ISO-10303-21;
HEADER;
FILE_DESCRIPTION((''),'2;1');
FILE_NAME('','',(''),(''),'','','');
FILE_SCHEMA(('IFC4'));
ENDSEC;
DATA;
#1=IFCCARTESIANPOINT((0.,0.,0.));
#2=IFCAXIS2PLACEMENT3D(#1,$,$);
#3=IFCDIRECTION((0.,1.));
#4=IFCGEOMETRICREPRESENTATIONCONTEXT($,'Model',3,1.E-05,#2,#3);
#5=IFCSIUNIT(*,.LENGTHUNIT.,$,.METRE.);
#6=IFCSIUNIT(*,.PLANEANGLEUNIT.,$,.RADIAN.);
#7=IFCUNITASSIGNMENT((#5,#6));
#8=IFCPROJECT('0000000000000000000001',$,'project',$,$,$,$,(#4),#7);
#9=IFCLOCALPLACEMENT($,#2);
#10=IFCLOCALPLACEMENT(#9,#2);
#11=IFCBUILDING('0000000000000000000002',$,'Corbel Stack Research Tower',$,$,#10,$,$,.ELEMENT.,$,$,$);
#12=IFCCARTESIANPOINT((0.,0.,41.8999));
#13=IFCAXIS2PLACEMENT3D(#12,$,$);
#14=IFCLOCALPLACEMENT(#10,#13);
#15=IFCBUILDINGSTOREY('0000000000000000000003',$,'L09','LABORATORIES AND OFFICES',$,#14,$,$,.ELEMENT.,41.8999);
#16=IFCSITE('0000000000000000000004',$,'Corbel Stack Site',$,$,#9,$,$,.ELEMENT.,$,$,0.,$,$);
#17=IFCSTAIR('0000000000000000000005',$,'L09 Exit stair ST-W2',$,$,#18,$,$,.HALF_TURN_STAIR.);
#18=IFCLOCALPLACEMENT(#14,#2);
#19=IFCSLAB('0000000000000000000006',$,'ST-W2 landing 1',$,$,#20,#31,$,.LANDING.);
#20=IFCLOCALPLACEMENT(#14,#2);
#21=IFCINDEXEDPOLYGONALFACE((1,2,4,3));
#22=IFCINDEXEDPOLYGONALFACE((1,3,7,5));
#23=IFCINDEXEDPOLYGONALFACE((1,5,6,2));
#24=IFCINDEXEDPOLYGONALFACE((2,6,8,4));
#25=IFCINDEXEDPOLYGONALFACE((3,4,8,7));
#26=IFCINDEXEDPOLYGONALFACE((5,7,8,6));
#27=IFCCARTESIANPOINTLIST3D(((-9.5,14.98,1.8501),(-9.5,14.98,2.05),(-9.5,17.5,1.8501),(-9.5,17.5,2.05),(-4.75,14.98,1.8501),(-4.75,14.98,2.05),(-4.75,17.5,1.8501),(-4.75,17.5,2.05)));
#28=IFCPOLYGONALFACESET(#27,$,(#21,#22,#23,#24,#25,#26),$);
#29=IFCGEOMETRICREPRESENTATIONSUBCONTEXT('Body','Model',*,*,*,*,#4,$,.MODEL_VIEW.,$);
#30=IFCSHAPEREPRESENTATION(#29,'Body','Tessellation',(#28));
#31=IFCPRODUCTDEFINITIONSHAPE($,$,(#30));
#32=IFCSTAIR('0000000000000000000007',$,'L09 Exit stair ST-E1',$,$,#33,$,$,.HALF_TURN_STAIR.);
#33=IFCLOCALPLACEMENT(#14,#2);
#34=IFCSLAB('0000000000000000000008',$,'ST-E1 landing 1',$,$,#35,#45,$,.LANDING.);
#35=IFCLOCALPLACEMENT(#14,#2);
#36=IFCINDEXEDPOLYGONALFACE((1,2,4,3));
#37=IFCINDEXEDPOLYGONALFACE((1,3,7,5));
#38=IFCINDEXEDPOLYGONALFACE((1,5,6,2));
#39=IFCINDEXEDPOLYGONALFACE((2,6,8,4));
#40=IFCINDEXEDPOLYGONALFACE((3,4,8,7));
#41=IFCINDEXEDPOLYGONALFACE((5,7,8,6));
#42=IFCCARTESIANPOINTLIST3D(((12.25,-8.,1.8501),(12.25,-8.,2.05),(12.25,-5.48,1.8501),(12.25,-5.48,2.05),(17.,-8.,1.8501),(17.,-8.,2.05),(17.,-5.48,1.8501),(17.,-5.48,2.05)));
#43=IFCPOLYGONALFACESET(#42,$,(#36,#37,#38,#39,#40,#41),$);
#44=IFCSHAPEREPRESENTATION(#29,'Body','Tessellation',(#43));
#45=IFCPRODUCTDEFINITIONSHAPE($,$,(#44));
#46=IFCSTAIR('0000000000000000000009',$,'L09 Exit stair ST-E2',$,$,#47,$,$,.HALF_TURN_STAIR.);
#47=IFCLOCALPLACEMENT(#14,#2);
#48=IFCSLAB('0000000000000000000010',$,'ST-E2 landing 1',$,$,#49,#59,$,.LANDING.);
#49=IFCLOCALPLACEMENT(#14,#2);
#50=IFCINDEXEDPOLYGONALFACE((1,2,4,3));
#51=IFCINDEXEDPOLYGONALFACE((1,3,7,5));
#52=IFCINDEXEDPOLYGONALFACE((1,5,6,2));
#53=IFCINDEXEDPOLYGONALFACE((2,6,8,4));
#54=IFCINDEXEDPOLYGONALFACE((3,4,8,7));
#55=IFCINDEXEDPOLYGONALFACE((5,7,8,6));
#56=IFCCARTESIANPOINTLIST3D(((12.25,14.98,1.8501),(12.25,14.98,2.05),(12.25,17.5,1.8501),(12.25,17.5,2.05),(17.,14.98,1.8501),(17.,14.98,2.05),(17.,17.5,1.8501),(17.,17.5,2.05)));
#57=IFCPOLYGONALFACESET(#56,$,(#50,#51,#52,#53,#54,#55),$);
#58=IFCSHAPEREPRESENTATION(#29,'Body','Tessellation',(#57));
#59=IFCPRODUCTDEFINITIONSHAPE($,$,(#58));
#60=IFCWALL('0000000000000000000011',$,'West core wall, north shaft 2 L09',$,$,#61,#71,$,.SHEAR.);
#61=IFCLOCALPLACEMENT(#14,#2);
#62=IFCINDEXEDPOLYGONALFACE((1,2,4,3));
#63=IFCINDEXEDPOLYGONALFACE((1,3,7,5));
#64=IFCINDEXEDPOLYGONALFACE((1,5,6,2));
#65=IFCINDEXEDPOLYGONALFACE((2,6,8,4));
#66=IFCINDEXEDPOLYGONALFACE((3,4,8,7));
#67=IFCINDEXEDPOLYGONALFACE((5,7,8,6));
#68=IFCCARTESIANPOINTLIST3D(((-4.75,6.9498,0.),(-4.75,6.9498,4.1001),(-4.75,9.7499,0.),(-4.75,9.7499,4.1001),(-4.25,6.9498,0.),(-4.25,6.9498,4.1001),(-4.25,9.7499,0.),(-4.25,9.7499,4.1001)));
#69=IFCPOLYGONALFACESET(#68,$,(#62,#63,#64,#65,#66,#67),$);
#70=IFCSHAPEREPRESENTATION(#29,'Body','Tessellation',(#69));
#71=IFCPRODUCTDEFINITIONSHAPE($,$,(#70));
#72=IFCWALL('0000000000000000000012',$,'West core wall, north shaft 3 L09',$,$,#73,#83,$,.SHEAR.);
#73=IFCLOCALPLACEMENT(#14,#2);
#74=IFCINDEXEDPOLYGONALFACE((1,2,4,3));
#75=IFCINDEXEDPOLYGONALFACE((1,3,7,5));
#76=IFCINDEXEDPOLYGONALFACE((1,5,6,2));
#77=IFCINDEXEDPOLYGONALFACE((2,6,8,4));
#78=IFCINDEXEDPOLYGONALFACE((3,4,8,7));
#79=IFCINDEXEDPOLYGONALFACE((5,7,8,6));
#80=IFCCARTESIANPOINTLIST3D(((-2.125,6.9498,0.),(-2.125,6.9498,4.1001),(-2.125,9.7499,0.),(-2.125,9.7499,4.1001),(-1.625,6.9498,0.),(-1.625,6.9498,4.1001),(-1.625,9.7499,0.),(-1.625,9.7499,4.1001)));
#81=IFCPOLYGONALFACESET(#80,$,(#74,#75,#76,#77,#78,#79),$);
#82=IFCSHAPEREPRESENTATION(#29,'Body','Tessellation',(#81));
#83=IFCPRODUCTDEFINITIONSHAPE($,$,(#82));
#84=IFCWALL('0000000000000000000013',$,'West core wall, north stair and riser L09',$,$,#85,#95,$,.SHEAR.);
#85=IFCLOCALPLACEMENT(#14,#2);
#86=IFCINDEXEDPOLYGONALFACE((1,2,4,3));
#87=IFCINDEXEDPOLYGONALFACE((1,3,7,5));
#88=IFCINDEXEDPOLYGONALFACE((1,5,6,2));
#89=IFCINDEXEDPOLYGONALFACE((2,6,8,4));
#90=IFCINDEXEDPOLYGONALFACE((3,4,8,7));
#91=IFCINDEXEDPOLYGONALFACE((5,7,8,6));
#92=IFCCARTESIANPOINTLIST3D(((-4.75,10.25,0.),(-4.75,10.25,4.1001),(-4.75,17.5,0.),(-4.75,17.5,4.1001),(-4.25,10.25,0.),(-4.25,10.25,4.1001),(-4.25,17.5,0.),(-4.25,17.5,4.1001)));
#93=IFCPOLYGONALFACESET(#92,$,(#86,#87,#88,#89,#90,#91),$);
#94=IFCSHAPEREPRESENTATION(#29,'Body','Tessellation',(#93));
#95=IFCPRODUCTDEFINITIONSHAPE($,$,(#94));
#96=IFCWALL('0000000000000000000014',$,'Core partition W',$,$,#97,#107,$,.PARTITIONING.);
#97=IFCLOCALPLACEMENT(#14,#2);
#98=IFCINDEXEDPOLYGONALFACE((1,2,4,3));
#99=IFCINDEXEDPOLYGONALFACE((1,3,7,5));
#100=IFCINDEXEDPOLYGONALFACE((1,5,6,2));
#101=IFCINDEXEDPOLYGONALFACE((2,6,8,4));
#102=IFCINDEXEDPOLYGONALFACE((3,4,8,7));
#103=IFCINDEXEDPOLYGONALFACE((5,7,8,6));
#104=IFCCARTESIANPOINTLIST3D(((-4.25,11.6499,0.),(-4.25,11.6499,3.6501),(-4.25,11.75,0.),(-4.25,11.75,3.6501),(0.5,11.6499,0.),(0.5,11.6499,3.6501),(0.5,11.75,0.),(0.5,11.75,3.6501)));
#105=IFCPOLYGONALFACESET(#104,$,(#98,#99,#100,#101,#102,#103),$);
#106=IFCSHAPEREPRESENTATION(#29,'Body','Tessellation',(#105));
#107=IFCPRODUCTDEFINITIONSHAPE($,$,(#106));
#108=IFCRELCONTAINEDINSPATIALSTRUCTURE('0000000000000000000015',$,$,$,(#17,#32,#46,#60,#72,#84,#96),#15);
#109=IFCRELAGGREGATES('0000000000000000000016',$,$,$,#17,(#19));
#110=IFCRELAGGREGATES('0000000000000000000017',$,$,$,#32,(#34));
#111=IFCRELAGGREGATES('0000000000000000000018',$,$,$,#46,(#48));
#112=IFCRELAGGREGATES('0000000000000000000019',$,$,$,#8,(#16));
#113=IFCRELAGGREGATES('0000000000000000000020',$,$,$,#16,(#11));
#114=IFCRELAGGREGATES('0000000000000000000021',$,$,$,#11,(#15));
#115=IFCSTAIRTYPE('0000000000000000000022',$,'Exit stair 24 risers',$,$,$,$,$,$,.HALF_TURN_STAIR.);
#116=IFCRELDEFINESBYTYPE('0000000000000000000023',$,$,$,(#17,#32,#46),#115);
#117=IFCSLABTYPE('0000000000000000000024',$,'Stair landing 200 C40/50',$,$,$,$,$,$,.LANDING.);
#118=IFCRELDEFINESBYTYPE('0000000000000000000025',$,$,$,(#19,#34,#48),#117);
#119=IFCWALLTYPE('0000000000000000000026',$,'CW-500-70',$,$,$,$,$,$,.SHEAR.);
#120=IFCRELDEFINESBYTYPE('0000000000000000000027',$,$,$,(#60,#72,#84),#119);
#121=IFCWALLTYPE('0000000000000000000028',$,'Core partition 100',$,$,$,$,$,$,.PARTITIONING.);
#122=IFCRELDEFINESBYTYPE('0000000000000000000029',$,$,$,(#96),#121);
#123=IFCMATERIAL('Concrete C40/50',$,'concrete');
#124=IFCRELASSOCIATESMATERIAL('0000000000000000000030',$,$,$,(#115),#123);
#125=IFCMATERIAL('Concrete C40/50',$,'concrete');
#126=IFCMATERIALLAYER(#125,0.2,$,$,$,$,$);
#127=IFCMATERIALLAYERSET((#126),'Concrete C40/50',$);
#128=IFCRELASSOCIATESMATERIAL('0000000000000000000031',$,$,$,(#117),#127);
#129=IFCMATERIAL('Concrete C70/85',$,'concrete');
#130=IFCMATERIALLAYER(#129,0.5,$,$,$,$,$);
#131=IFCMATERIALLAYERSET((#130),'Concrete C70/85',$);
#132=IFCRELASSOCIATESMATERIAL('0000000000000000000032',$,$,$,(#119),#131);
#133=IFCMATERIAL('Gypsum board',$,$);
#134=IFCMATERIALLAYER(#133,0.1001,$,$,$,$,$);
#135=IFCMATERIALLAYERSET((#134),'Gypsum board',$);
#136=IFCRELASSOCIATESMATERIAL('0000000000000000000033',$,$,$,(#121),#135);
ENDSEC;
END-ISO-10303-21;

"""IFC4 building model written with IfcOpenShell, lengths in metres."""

from ifc_helpers import new_model, si_unit, direction, frame, frame_2d, origin, place, context, subcontext, project, spatial, polyline, rectangle, outline, extrude, material, layer, layer_set, type_object, element, aggregate, save


model = new_model("IFC4")

# Units and contexts
model_context = context("Model", 3, precision=1e-05, world=origin(), true_north=direction((0.0, 1.0)))
body_context = subcontext(model_context, "Body", "Model", "MODEL_VIEW")
ifc_project = project(units=[si_unit("LENGTHUNIT", "METRE"), si_unit("PLANEANGLEUNIT", "RADIAN")], contexts=[model_context])

# Site, building, storey
site_placement = place(None, origin())
site = spatial("IfcSite", under=ifc_project, at=site_placement, Name="Corbel Stack Site", CompositionType="ELEMENT", RefElevation=0.0)
building_placement = place(site_placement, origin())
building = spatial("IfcBuilding", under=site, at=building_placement, Name="Corbel Stack Research Tower", CompositionType="ELEMENT")
storey_placement = place(building_placement, frame((0.0, 0.0, 41.8999)))
storey = spatial("IfcBuildingStorey", under=building, at=storey_placement, Name="L09", Description="LABORATORIES AND OFFICES", CompositionType="ELEMENT", Elevation=41.8999)

# Stairs, slabs
ifc_material_1 = material(Name="Concrete C40/50", Category="concrete")
stair_type = type_object("IfcStairType", Name="Exit stair 24 risers", PredefinedType="HALF_TURN_STAIR", material=ifc_material_1)
ifc_material_2 = material(Name="Concrete C40/50", Category="concrete")
ifc_layer_1 = layer(ifc_material_2, 0.2)
ifc_layer_set_1 = layer_set([ifc_layer_1], Name="Concrete C40/50")
slab_type_1 = type_object("IfcSlabType", Name="Stair landing 200 C40/50", PredefinedType="LANDING", material=ifc_layer_set_1)
stair_1_placement = place(storey_placement, origin())
stair_1 = element("IfcStair", 1, at=stair_1_placement, inside=storey, type_object=stair_type, Name="L09 Exit stair ST-W2", PredefinedType="HALF_TURN_STAIR")
slab_1_placement = place(storey_placement, frame((0.0, 0.0, 1.8501)))
slab_1 = element("IfcSlab", 2, at=slab_1_placement, type_object=slab_type_1, Name="ST-W2 landing 1", PredefinedType="LANDING", context=body_context, shape_type="SweptSolid", body=[
    extrude(outline(polyline([(-9.5, 14.98), (-9.5, 17.5), (-4.75, 17.5), (-4.75, 14.98), (-9.5, 14.98)])), origin(), (0.0, 0.0, 1.0), 0.2),
])
aggregate(stair_1, [slab_1])
stair_2_placement = place(storey_placement, origin())
stair_2 = element("IfcStair", 3, at=stair_2_placement, inside=storey, type_object=stair_type, Name="L09 Exit stair ST-E1", PredefinedType="HALF_TURN_STAIR")
slab_2_placement = place(storey_placement, frame((0.0, 0.0, 1.8501)))
slab_2 = element("IfcSlab", 4, at=slab_2_placement, type_object=slab_type_1, Name="ST-E1 landing 1", PredefinedType="LANDING", context=body_context, shape_type="SweptSolid", body=[
    extrude(outline(polyline([(12.25, -8.0), (12.25, -5.48), (17.0, -5.48), (17.0, -8.0), (12.25, -8.0)])), origin(), (0.0, 0.0, 1.0), 0.2),
])
aggregate(stair_2, [slab_2])
stair_3_placement = place(storey_placement, origin())
stair_3 = element("IfcStair", 5, at=stair_3_placement, inside=storey, type_object=stair_type, Name="L09 Exit stair ST-E2", PredefinedType="HALF_TURN_STAIR")
slab_3_placement = place(storey_placement, frame((0.0, 0.0, 1.8501)))
slab_3 = element("IfcSlab", 6, at=slab_3_placement, type_object=slab_type_1, Name="ST-E2 landing 1", PredefinedType="LANDING", context=body_context, shape_type="SweptSolid", body=[
    extrude(outline(polyline([(12.25, 14.98), (12.25, 17.5), (17.0, 17.5), (17.0, 14.98), (12.25, 14.98)])), origin(), (0.0, 0.0, 1.0), 0.2),
])
aggregate(stair_3, [slab_3])

# Walls
ifc_material_3 = material(Name="Concrete C70/85", Category="concrete")
ifc_layer_2 = layer(ifc_material_3, 0.5)
ifc_layer_set_2 = layer_set([ifc_layer_2], Name="Concrete C70/85")
wall_type_1 = type_object("IfcWallType", Name="CW-500-70", PredefinedType="SHEAR", material=ifc_layer_set_2)
for number, where, z_axis, x_axis, name in (
    (7, (-4.5, 6.95, 0.0), (0.0, 0.0, 1.0), (0.0, 1.0, 0.0), "West core wall, north shaft 2 L09"),
    (8, (-1.875, 6.95, 0.0), (0.0, 0.0, 1.0), (0.0, 1.0, 0.0), "West core wall, north shaft 3 L09"),
):
    element("IfcWall", number, at=place(storey_placement, frame(where, z_axis=z_axis, x_axis=x_axis)), inside=storey, type_object=wall_type_1, Name=name, PredefinedType="SHEAR", context=body_context, shape_type="SweptSolid", body=[
        extrude(rectangle(XDim=2.8, YDim=0.5, at=frame_2d((1.3999, 0.0))), origin(), (0.0, 0.0, 1.0), 4.1001),
    ])
wall_1_placement = place(storey_placement, frame((-4.5, 10.25, 0.0), z_axis=(0.0, 0.0, 1.0), x_axis=(0.0, 1.0, 0.0)))
element("IfcWall", 9, at=wall_1_placement, inside=storey, type_object=wall_type_1, Name="West core wall, north stair and riser L09", PredefinedType="SHEAR", context=body_context, shape_type="SweptSolid", body=[
    extrude(rectangle(XDim=7.25, YDim=0.5, at=frame_2d((3.625, 0.0))), origin(), (0.0, 0.0, 1.0), 4.1001),
])
ifc_material_4 = material(Name="Gypsum board")
ifc_layer_3 = layer(ifc_material_4, 0.1001)
ifc_layer_set_3 = layer_set([ifc_layer_3], Name="Gypsum board")
wall_type_2 = type_object("IfcWallType", Name="Core partition 100", PredefinedType="PARTITIONING", material=ifc_layer_set_3)
wall_2_placement = place(storey_placement, frame((-4.25, 11.7, 0.0), z_axis=(0.0, 0.0, 1.0), x_axis=(1.0, 0.0, 0.0)))
element("IfcWall", 10, at=wall_2_placement, inside=storey, type_object=wall_type_2, Name="Core partition W", PredefinedType="PARTITIONING", context=body_context, shape_type="SweptSolid", body=[
    extrude(rectangle(XDim=4.75, YDim=0.1001, at=frame_2d((2.375, 0.0))), origin(), (0.0, 0.0, 1.0), 3.6501),
])

save(model, "model.ifc")
